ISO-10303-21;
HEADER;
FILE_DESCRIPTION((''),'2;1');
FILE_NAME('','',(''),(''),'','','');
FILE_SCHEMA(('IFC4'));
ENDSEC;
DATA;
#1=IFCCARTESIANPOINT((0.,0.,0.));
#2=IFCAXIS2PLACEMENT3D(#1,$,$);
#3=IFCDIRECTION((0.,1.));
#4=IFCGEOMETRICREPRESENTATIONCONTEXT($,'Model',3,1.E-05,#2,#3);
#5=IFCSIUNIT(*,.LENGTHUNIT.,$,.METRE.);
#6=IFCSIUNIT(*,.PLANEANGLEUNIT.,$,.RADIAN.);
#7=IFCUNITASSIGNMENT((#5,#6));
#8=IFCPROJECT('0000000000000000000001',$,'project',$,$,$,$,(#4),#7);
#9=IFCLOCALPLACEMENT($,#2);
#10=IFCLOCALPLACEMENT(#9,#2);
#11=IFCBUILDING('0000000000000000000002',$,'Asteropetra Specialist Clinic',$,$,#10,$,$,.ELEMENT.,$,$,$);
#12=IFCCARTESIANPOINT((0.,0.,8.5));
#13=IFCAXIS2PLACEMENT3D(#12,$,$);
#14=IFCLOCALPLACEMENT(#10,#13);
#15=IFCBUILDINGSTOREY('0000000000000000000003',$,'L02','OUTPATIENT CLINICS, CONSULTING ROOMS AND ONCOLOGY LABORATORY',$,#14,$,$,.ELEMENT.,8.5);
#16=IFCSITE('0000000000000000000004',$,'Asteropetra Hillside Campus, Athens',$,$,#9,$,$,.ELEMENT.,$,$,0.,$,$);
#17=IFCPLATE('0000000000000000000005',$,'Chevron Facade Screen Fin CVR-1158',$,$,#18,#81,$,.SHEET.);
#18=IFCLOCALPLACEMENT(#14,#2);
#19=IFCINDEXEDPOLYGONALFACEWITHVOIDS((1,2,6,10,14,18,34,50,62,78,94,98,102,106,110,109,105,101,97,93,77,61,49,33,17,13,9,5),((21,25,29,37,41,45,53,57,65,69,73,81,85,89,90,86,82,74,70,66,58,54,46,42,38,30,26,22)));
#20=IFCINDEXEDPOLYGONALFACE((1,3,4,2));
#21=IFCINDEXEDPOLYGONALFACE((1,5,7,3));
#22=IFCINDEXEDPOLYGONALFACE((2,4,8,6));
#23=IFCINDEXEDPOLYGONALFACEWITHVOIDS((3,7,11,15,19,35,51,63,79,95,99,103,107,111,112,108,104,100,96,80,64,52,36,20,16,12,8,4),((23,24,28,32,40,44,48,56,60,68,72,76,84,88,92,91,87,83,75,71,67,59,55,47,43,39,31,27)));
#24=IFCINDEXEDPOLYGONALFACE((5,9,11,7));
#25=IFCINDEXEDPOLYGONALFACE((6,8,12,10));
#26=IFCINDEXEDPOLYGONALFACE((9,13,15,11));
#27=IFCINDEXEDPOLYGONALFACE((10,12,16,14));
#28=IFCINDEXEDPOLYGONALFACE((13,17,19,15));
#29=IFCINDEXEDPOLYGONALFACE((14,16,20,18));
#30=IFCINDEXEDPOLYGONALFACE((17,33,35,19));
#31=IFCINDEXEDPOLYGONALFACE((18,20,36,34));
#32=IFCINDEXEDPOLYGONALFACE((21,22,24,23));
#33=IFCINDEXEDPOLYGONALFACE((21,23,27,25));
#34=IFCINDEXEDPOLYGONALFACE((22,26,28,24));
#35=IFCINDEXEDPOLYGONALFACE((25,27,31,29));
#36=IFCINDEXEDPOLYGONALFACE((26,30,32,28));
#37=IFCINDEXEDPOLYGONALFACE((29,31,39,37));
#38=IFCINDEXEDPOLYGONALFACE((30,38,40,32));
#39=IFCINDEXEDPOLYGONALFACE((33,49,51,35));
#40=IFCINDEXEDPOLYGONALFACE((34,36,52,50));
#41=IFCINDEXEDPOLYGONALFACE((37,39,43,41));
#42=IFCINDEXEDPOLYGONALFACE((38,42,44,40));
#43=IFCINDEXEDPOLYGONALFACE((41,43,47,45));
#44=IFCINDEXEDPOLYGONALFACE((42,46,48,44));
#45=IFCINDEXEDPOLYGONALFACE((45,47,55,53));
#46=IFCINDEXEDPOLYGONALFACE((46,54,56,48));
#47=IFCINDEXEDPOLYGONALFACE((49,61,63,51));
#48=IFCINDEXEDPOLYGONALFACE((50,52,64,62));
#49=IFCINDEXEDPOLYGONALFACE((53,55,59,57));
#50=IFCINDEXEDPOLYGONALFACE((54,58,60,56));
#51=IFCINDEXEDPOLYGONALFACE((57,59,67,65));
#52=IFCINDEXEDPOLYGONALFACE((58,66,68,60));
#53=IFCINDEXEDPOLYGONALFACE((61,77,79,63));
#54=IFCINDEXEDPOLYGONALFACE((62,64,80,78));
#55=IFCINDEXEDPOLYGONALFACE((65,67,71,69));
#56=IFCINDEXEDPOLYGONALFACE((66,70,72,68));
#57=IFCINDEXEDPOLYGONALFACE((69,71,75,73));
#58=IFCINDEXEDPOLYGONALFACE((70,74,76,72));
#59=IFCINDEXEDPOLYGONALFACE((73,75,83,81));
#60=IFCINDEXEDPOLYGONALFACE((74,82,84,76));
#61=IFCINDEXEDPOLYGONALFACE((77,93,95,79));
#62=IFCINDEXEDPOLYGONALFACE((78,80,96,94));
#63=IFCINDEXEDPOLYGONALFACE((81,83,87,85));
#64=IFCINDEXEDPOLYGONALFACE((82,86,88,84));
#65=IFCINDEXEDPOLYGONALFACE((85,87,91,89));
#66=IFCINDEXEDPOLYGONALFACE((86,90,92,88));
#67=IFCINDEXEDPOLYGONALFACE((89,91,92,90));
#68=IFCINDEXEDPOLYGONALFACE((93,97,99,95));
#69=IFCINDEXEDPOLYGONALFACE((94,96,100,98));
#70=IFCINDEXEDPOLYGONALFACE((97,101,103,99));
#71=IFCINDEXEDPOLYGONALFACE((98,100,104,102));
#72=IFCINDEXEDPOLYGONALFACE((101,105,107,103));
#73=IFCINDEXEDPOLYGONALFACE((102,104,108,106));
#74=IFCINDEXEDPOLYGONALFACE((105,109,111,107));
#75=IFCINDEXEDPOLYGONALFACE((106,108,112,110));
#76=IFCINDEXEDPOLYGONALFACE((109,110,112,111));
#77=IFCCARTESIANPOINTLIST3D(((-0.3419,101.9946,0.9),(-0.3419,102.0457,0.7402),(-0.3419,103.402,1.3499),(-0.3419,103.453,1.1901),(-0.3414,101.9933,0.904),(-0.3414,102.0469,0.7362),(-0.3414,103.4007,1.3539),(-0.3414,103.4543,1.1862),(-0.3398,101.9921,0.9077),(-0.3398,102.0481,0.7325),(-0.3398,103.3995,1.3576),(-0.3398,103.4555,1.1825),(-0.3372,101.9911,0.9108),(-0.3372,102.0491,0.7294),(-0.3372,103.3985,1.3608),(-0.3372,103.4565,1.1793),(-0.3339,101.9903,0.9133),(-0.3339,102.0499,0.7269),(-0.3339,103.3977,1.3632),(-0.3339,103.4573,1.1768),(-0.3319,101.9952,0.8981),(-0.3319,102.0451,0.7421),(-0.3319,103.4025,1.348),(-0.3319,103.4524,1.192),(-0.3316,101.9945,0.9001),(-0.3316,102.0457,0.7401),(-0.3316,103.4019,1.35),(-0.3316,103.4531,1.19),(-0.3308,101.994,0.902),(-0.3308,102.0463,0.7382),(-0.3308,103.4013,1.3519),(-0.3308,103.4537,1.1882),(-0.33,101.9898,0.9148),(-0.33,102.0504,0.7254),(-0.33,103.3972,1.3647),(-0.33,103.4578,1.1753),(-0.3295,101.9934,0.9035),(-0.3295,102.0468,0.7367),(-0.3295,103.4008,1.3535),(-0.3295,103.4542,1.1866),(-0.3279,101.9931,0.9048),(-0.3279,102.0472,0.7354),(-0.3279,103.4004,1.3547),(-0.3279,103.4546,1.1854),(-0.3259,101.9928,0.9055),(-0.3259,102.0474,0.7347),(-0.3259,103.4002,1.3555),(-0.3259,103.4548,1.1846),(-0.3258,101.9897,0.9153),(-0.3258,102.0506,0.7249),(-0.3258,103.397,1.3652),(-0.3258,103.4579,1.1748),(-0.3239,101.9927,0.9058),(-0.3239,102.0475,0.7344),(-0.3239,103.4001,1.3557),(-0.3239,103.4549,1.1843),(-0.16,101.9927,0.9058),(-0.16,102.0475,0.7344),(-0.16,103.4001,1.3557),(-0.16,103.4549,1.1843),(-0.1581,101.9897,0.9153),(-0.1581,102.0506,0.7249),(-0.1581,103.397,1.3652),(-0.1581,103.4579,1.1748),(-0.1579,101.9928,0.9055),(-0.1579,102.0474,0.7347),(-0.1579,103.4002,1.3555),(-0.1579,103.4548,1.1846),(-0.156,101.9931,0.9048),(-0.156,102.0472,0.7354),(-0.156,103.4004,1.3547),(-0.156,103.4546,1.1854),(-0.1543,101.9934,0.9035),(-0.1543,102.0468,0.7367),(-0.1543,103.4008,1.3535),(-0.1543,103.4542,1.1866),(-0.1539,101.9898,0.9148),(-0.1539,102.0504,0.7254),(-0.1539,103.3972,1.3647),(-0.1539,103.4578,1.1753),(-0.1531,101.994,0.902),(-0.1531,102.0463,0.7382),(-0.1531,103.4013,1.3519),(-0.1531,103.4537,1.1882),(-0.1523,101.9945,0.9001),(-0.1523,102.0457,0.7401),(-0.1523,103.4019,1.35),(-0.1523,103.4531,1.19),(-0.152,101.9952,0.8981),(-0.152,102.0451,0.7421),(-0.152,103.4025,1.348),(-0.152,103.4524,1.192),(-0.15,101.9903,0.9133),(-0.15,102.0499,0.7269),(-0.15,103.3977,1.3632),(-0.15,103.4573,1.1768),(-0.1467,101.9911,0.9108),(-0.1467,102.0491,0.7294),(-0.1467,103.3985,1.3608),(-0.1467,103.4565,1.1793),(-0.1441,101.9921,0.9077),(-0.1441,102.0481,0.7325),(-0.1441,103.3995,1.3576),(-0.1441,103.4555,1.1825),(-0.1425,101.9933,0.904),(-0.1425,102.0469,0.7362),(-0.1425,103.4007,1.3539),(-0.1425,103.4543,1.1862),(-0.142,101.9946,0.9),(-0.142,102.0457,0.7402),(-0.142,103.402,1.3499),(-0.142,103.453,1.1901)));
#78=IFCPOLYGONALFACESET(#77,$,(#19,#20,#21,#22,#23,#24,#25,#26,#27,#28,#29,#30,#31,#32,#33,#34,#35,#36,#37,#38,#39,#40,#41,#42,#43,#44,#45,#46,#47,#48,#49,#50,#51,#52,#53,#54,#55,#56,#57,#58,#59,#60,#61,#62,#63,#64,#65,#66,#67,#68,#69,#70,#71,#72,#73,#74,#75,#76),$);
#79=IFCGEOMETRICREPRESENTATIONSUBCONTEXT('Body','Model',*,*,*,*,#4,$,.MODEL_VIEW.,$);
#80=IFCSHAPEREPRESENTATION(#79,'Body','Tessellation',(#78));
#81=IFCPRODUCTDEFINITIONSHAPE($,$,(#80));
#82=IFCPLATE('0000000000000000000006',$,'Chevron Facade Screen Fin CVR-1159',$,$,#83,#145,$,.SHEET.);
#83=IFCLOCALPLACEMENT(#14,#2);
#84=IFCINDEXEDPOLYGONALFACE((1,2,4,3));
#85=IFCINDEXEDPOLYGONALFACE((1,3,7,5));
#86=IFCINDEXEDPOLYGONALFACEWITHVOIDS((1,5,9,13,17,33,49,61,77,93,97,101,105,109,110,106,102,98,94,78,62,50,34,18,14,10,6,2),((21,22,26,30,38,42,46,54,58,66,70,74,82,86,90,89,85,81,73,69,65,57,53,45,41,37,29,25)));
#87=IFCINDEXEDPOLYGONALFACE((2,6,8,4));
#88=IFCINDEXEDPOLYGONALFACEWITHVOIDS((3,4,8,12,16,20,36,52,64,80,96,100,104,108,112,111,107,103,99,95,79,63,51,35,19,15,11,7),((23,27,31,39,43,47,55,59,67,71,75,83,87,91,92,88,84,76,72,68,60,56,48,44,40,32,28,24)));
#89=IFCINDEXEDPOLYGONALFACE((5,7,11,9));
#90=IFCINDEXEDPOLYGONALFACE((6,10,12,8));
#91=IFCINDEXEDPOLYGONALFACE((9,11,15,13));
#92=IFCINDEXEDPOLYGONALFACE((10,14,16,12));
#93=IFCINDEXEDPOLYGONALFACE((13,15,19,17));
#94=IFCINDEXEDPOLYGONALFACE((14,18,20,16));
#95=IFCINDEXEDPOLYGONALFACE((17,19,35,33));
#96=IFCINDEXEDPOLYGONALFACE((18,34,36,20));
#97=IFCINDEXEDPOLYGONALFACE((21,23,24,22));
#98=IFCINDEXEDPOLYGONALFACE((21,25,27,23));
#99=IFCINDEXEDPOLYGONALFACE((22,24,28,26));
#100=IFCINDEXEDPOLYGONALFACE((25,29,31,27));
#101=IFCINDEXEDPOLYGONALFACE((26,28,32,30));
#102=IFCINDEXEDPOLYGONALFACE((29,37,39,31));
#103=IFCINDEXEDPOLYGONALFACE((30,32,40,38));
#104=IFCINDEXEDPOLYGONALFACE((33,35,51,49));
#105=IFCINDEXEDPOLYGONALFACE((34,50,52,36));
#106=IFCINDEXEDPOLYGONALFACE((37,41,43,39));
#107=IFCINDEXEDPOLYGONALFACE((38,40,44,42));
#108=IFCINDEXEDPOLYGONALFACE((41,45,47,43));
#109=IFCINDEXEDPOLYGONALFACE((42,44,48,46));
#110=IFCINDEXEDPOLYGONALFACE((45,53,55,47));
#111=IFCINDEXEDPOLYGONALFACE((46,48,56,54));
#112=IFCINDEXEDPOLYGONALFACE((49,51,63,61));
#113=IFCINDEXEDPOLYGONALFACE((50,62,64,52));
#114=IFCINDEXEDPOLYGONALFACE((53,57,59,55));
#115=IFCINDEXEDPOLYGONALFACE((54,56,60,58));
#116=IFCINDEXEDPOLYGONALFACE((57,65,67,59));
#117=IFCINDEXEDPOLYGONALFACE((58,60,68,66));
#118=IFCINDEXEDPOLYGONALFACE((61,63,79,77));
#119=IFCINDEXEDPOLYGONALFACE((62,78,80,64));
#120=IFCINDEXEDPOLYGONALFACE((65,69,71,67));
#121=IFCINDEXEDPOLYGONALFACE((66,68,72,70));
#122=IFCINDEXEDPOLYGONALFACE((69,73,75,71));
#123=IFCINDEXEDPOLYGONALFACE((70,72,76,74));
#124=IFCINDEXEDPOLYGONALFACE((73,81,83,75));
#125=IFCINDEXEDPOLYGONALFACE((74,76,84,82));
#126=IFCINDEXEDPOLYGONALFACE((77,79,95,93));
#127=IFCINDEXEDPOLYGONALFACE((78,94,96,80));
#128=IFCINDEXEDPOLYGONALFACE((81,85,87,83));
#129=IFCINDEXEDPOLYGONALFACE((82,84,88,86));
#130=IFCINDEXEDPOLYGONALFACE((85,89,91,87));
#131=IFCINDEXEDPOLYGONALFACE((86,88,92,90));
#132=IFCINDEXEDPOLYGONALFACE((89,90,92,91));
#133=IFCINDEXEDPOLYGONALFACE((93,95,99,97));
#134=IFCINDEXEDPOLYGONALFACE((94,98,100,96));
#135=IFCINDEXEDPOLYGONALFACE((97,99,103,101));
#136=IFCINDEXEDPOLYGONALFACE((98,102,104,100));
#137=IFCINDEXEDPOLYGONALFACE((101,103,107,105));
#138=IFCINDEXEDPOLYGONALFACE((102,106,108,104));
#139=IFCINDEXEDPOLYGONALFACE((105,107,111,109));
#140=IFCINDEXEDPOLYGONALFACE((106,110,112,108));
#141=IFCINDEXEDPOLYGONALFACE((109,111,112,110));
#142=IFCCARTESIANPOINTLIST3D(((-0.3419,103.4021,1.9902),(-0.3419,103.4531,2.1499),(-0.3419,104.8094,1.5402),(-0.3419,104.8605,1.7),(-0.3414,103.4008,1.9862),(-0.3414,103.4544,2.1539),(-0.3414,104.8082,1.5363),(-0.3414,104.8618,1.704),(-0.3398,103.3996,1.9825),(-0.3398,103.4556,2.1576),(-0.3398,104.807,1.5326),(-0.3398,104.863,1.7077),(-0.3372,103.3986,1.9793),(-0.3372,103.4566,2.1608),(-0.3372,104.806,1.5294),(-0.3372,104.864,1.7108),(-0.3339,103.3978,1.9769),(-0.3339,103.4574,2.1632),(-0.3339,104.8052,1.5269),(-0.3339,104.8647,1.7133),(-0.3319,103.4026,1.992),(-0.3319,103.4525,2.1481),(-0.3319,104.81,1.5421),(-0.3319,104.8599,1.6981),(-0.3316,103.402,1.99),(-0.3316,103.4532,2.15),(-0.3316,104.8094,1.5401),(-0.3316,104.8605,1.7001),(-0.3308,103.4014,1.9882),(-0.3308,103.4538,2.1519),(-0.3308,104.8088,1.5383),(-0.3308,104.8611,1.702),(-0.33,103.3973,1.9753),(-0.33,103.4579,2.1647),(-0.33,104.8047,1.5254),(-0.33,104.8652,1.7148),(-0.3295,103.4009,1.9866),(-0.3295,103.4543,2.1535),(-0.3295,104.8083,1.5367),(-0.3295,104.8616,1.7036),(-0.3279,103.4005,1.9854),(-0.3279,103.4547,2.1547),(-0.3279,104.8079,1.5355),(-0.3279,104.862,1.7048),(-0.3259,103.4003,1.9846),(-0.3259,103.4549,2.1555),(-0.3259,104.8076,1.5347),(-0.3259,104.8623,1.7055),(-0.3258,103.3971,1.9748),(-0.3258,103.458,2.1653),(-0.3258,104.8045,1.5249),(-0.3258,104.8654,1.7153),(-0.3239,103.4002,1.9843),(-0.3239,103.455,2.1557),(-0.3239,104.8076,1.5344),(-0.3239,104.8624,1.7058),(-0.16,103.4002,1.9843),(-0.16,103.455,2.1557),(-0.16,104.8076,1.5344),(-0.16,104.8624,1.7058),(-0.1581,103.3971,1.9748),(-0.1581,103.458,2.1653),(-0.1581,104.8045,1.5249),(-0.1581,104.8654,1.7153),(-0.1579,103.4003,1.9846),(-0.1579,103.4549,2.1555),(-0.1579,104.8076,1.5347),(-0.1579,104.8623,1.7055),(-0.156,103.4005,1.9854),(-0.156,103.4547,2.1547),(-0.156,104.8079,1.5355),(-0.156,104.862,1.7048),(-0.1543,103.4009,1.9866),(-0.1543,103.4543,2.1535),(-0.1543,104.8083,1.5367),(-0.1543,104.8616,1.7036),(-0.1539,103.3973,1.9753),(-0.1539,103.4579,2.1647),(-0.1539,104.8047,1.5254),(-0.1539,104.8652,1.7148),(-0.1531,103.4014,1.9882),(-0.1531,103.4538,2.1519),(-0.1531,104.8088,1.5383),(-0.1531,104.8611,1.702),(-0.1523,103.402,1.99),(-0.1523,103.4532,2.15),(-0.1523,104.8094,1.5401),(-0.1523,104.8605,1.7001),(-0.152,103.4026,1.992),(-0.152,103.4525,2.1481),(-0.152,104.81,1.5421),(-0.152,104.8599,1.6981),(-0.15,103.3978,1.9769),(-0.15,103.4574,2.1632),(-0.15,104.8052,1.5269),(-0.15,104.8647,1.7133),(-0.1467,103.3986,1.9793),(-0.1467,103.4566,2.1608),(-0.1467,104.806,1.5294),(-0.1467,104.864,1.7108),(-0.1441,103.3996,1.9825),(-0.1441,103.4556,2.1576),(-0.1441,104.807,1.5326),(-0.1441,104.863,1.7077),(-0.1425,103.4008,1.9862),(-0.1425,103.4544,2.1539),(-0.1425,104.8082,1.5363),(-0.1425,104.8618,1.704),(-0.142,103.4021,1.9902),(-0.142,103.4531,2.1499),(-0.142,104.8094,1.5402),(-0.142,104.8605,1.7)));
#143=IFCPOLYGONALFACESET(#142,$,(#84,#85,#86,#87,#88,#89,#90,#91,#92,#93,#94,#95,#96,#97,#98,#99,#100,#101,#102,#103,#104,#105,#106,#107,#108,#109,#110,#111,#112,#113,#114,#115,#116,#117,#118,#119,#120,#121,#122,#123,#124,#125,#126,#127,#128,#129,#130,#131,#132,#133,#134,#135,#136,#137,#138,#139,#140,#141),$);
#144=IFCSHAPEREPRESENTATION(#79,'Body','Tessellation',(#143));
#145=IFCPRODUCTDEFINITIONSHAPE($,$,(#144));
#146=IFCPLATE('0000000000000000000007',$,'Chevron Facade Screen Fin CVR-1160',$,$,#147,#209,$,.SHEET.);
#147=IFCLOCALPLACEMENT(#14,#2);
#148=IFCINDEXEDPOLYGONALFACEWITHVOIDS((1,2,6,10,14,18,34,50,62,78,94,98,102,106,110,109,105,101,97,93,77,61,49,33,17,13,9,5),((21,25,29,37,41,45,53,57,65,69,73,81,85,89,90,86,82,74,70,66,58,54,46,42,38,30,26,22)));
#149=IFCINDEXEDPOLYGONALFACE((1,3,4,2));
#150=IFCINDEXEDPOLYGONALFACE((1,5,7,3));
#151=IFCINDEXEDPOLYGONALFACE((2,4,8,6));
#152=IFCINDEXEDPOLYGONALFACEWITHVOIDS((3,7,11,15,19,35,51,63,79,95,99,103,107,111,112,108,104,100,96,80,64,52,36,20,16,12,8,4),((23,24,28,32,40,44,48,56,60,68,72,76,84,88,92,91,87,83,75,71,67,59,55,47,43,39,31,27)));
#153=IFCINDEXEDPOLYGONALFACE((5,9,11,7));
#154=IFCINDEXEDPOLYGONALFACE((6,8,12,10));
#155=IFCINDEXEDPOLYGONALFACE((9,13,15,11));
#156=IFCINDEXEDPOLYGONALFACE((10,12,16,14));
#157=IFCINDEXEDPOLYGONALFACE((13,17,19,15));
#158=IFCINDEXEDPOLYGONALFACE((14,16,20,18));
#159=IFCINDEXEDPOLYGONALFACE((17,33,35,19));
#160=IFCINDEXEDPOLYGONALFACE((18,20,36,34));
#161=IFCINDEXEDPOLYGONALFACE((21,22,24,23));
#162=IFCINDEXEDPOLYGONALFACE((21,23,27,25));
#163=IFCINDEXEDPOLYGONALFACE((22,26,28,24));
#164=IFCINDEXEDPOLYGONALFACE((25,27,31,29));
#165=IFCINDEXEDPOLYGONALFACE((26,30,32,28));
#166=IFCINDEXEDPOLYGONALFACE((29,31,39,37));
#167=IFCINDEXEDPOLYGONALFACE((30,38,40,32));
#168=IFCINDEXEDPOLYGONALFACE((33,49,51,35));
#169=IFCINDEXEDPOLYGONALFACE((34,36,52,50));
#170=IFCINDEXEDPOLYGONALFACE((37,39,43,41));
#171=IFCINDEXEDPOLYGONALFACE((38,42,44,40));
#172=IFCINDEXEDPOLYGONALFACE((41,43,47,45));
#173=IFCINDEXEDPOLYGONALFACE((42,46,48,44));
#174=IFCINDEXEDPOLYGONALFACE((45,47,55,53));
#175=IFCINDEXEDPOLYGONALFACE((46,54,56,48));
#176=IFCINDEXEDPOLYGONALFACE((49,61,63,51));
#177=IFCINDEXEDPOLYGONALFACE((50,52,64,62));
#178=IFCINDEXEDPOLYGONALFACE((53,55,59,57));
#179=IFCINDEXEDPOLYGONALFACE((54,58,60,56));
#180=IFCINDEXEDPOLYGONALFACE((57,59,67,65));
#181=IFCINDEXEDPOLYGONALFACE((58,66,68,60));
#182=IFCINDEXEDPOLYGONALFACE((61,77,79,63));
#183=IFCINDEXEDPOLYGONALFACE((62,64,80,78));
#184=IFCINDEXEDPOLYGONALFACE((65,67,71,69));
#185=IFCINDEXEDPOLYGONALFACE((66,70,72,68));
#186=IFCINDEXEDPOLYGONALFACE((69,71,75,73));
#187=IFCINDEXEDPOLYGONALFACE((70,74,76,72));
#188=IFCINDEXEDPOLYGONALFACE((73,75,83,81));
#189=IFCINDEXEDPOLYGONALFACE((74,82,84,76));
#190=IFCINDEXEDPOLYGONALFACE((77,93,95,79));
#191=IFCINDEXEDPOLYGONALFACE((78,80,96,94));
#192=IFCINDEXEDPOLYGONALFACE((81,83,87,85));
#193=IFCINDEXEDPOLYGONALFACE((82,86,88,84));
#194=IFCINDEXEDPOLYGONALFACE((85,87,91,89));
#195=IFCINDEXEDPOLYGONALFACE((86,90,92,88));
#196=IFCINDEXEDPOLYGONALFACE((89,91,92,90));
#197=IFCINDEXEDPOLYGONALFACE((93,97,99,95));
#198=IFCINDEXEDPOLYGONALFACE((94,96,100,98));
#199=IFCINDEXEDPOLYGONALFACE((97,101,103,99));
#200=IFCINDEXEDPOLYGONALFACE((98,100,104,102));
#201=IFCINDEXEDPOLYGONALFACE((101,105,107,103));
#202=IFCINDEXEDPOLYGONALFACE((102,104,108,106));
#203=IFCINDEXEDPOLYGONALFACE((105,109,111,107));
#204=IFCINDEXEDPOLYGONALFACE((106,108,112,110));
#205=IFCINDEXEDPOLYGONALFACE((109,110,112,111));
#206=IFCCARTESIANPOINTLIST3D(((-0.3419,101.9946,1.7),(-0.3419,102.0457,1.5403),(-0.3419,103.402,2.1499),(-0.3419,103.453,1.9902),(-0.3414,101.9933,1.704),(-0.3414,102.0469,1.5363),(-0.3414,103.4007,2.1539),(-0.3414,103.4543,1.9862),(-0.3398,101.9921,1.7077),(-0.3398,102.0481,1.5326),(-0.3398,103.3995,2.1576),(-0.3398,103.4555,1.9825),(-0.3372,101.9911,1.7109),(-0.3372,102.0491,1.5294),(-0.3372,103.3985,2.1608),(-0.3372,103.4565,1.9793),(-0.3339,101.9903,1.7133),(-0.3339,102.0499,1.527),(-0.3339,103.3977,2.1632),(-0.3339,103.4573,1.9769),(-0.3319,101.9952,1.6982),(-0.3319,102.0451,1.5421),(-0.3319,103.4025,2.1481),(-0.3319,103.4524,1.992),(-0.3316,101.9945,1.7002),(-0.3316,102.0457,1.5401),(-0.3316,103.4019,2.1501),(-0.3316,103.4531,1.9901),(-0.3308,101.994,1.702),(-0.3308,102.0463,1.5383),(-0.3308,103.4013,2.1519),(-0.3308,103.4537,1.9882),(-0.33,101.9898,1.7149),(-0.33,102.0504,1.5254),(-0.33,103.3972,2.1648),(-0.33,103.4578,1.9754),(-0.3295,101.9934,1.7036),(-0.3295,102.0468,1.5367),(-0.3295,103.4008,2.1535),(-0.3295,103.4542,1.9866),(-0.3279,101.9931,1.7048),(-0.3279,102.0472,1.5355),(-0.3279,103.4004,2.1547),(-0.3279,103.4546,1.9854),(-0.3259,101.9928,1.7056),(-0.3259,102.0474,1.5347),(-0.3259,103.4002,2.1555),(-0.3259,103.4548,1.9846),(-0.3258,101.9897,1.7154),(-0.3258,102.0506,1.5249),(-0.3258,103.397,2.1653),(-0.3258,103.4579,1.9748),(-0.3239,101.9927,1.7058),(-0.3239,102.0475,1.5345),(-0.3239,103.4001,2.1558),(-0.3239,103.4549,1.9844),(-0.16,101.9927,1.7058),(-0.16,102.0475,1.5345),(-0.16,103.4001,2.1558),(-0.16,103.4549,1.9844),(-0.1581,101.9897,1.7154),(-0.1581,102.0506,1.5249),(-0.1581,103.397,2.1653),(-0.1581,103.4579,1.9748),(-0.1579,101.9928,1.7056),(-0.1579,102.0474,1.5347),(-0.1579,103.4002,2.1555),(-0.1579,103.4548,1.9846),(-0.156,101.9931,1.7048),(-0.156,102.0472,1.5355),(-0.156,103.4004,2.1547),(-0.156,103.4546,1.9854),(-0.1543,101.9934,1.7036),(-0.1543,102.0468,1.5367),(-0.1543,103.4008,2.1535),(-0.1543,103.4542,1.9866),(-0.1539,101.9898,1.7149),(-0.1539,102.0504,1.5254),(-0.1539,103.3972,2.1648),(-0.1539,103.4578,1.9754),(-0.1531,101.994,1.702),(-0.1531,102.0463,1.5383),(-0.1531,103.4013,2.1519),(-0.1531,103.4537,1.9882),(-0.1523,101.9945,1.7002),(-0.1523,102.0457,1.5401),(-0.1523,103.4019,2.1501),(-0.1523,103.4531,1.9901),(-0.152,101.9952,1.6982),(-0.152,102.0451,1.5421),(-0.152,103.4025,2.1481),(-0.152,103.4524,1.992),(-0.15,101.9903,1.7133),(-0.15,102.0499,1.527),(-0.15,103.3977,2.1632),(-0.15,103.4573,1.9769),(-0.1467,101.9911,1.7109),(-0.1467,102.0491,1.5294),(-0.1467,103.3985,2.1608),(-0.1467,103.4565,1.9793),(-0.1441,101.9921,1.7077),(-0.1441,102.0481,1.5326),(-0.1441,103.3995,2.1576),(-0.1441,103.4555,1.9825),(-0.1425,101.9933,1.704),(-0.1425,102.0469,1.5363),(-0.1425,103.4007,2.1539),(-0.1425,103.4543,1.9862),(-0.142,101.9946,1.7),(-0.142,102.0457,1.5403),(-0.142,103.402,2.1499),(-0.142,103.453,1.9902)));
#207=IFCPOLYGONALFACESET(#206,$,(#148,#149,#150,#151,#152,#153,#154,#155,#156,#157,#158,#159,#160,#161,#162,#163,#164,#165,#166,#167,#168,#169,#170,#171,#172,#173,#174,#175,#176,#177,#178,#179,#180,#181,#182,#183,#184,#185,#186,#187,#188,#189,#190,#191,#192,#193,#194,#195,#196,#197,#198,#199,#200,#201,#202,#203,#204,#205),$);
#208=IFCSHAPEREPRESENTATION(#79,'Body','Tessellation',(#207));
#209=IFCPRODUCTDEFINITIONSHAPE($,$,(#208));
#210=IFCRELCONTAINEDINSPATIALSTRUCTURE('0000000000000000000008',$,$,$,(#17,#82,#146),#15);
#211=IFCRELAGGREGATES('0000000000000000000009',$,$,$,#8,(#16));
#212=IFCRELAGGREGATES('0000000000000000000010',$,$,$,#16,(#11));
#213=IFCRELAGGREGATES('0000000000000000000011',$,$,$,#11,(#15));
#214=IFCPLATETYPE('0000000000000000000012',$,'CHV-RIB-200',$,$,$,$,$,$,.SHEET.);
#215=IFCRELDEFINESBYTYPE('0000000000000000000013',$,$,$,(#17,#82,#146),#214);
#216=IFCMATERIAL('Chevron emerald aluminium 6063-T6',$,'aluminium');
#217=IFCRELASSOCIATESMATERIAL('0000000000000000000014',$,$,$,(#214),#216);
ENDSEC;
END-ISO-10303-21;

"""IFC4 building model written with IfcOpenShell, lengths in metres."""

from ifc_helpers import new_model, si_unit, direction, frame, origin, origin_2d, place, context, subcontext, project, spatial, hollow_rectangle, extrude, material, material_profile, profile_set, type_object, element, save


model = new_model("IFC4")

# Units and contexts
model_context = context("Model", 3, precision=1e-05, world=origin(), true_north=direction((0.0, 1.0)))
body_context = subcontext(model_context, "Body", "Model", "MODEL_VIEW")
ifc_project = project(units=[si_unit("LENGTHUNIT", "METRE"), si_unit("PLANEANGLEUNIT", "RADIAN")], contexts=[model_context])

# Site, building, storey
site_placement = place(None, origin())
site = spatial("IfcSite", under=ifc_project, at=site_placement, Name="Asteropetra Hillside Campus, Athens", CompositionType="ELEMENT", RefElevation=0.0)
building_placement = place(site_placement, origin())
building = spatial("IfcBuilding", under=site, at=building_placement, Name="Asteropetra Specialist Clinic", CompositionType="ELEMENT")
storey_placement = place(building_placement, frame((0.0, 0.0, 8.5)))
storey = spatial("IfcBuildingStorey", under=building, at=storey_placement, Name="L02", Description="OUTPATIENT CLINICS, CONSULTING ROOMS AND ONCOLOGY LABORATORY", CompositionType="ELEMENT", Elevation=8.5)

# Plates
ifc_material_1 = material(Name="Chevron emerald aluminium 6063-T6", Category="aluminium")
ifc_material_profile = material_profile(ifc_material_1, hollow_rectangle(XDim=0.2, YDim=0.2, WallThickness=0.01, InnerFilletRadius=0.0081, OuterFilletRadius=0.0161, at=origin_2d()), Name="SHS 200x200x10.0")
ifc_profile_set = profile_set([ifc_material_profile], Name="Chevron emerald aluminium 6063-T6")
plate_type_1 = type_object("IfcPlateType", Name="CHV-RIB-200", PredefinedType="SHEET", material=ifc_profile_set)
for number, where, z_axis, x_axis, name in (
    (1, (-0.2419, 103.4275, 1.27), (0.0, -0.95251, -0.304506), (1.0, 0.0, 0.0), "Chevron Facade Screen Fin CVR-1158"),
    (2, (-0.2419, 104.835, 1.6201), (0.0, -0.95251, 0.304506), (1.0, 0.0, 0.0), "Chevron Facade Screen Fin CVR-1159"),
    (3, (-0.2419, 103.4275, 2.0701), (0.0, -0.95251, -0.304506), (1.0, 0.0, 0.0), "Chevron Facade Screen Fin CVR-1160"),
):
    element("IfcPlate", number, at=place(storey_placement, frame(where, z_axis=z_axis, x_axis=x_axis)), inside=storey, type_object=plate_type_1, Name=name, PredefinedType="SHEET", context=body_context, shape_type="SweptSolid", body=[
        extrude(hollow_rectangle(XDim=0.2, YDim=0.2, WallThickness=0.01, InnerFilletRadius=0.0081, OuterFilletRadius=0.0161, at=origin_2d()), origin(), (0.0, 0.0, 1.0), 1.4775),
    ])

save(model, "model.ifc")
